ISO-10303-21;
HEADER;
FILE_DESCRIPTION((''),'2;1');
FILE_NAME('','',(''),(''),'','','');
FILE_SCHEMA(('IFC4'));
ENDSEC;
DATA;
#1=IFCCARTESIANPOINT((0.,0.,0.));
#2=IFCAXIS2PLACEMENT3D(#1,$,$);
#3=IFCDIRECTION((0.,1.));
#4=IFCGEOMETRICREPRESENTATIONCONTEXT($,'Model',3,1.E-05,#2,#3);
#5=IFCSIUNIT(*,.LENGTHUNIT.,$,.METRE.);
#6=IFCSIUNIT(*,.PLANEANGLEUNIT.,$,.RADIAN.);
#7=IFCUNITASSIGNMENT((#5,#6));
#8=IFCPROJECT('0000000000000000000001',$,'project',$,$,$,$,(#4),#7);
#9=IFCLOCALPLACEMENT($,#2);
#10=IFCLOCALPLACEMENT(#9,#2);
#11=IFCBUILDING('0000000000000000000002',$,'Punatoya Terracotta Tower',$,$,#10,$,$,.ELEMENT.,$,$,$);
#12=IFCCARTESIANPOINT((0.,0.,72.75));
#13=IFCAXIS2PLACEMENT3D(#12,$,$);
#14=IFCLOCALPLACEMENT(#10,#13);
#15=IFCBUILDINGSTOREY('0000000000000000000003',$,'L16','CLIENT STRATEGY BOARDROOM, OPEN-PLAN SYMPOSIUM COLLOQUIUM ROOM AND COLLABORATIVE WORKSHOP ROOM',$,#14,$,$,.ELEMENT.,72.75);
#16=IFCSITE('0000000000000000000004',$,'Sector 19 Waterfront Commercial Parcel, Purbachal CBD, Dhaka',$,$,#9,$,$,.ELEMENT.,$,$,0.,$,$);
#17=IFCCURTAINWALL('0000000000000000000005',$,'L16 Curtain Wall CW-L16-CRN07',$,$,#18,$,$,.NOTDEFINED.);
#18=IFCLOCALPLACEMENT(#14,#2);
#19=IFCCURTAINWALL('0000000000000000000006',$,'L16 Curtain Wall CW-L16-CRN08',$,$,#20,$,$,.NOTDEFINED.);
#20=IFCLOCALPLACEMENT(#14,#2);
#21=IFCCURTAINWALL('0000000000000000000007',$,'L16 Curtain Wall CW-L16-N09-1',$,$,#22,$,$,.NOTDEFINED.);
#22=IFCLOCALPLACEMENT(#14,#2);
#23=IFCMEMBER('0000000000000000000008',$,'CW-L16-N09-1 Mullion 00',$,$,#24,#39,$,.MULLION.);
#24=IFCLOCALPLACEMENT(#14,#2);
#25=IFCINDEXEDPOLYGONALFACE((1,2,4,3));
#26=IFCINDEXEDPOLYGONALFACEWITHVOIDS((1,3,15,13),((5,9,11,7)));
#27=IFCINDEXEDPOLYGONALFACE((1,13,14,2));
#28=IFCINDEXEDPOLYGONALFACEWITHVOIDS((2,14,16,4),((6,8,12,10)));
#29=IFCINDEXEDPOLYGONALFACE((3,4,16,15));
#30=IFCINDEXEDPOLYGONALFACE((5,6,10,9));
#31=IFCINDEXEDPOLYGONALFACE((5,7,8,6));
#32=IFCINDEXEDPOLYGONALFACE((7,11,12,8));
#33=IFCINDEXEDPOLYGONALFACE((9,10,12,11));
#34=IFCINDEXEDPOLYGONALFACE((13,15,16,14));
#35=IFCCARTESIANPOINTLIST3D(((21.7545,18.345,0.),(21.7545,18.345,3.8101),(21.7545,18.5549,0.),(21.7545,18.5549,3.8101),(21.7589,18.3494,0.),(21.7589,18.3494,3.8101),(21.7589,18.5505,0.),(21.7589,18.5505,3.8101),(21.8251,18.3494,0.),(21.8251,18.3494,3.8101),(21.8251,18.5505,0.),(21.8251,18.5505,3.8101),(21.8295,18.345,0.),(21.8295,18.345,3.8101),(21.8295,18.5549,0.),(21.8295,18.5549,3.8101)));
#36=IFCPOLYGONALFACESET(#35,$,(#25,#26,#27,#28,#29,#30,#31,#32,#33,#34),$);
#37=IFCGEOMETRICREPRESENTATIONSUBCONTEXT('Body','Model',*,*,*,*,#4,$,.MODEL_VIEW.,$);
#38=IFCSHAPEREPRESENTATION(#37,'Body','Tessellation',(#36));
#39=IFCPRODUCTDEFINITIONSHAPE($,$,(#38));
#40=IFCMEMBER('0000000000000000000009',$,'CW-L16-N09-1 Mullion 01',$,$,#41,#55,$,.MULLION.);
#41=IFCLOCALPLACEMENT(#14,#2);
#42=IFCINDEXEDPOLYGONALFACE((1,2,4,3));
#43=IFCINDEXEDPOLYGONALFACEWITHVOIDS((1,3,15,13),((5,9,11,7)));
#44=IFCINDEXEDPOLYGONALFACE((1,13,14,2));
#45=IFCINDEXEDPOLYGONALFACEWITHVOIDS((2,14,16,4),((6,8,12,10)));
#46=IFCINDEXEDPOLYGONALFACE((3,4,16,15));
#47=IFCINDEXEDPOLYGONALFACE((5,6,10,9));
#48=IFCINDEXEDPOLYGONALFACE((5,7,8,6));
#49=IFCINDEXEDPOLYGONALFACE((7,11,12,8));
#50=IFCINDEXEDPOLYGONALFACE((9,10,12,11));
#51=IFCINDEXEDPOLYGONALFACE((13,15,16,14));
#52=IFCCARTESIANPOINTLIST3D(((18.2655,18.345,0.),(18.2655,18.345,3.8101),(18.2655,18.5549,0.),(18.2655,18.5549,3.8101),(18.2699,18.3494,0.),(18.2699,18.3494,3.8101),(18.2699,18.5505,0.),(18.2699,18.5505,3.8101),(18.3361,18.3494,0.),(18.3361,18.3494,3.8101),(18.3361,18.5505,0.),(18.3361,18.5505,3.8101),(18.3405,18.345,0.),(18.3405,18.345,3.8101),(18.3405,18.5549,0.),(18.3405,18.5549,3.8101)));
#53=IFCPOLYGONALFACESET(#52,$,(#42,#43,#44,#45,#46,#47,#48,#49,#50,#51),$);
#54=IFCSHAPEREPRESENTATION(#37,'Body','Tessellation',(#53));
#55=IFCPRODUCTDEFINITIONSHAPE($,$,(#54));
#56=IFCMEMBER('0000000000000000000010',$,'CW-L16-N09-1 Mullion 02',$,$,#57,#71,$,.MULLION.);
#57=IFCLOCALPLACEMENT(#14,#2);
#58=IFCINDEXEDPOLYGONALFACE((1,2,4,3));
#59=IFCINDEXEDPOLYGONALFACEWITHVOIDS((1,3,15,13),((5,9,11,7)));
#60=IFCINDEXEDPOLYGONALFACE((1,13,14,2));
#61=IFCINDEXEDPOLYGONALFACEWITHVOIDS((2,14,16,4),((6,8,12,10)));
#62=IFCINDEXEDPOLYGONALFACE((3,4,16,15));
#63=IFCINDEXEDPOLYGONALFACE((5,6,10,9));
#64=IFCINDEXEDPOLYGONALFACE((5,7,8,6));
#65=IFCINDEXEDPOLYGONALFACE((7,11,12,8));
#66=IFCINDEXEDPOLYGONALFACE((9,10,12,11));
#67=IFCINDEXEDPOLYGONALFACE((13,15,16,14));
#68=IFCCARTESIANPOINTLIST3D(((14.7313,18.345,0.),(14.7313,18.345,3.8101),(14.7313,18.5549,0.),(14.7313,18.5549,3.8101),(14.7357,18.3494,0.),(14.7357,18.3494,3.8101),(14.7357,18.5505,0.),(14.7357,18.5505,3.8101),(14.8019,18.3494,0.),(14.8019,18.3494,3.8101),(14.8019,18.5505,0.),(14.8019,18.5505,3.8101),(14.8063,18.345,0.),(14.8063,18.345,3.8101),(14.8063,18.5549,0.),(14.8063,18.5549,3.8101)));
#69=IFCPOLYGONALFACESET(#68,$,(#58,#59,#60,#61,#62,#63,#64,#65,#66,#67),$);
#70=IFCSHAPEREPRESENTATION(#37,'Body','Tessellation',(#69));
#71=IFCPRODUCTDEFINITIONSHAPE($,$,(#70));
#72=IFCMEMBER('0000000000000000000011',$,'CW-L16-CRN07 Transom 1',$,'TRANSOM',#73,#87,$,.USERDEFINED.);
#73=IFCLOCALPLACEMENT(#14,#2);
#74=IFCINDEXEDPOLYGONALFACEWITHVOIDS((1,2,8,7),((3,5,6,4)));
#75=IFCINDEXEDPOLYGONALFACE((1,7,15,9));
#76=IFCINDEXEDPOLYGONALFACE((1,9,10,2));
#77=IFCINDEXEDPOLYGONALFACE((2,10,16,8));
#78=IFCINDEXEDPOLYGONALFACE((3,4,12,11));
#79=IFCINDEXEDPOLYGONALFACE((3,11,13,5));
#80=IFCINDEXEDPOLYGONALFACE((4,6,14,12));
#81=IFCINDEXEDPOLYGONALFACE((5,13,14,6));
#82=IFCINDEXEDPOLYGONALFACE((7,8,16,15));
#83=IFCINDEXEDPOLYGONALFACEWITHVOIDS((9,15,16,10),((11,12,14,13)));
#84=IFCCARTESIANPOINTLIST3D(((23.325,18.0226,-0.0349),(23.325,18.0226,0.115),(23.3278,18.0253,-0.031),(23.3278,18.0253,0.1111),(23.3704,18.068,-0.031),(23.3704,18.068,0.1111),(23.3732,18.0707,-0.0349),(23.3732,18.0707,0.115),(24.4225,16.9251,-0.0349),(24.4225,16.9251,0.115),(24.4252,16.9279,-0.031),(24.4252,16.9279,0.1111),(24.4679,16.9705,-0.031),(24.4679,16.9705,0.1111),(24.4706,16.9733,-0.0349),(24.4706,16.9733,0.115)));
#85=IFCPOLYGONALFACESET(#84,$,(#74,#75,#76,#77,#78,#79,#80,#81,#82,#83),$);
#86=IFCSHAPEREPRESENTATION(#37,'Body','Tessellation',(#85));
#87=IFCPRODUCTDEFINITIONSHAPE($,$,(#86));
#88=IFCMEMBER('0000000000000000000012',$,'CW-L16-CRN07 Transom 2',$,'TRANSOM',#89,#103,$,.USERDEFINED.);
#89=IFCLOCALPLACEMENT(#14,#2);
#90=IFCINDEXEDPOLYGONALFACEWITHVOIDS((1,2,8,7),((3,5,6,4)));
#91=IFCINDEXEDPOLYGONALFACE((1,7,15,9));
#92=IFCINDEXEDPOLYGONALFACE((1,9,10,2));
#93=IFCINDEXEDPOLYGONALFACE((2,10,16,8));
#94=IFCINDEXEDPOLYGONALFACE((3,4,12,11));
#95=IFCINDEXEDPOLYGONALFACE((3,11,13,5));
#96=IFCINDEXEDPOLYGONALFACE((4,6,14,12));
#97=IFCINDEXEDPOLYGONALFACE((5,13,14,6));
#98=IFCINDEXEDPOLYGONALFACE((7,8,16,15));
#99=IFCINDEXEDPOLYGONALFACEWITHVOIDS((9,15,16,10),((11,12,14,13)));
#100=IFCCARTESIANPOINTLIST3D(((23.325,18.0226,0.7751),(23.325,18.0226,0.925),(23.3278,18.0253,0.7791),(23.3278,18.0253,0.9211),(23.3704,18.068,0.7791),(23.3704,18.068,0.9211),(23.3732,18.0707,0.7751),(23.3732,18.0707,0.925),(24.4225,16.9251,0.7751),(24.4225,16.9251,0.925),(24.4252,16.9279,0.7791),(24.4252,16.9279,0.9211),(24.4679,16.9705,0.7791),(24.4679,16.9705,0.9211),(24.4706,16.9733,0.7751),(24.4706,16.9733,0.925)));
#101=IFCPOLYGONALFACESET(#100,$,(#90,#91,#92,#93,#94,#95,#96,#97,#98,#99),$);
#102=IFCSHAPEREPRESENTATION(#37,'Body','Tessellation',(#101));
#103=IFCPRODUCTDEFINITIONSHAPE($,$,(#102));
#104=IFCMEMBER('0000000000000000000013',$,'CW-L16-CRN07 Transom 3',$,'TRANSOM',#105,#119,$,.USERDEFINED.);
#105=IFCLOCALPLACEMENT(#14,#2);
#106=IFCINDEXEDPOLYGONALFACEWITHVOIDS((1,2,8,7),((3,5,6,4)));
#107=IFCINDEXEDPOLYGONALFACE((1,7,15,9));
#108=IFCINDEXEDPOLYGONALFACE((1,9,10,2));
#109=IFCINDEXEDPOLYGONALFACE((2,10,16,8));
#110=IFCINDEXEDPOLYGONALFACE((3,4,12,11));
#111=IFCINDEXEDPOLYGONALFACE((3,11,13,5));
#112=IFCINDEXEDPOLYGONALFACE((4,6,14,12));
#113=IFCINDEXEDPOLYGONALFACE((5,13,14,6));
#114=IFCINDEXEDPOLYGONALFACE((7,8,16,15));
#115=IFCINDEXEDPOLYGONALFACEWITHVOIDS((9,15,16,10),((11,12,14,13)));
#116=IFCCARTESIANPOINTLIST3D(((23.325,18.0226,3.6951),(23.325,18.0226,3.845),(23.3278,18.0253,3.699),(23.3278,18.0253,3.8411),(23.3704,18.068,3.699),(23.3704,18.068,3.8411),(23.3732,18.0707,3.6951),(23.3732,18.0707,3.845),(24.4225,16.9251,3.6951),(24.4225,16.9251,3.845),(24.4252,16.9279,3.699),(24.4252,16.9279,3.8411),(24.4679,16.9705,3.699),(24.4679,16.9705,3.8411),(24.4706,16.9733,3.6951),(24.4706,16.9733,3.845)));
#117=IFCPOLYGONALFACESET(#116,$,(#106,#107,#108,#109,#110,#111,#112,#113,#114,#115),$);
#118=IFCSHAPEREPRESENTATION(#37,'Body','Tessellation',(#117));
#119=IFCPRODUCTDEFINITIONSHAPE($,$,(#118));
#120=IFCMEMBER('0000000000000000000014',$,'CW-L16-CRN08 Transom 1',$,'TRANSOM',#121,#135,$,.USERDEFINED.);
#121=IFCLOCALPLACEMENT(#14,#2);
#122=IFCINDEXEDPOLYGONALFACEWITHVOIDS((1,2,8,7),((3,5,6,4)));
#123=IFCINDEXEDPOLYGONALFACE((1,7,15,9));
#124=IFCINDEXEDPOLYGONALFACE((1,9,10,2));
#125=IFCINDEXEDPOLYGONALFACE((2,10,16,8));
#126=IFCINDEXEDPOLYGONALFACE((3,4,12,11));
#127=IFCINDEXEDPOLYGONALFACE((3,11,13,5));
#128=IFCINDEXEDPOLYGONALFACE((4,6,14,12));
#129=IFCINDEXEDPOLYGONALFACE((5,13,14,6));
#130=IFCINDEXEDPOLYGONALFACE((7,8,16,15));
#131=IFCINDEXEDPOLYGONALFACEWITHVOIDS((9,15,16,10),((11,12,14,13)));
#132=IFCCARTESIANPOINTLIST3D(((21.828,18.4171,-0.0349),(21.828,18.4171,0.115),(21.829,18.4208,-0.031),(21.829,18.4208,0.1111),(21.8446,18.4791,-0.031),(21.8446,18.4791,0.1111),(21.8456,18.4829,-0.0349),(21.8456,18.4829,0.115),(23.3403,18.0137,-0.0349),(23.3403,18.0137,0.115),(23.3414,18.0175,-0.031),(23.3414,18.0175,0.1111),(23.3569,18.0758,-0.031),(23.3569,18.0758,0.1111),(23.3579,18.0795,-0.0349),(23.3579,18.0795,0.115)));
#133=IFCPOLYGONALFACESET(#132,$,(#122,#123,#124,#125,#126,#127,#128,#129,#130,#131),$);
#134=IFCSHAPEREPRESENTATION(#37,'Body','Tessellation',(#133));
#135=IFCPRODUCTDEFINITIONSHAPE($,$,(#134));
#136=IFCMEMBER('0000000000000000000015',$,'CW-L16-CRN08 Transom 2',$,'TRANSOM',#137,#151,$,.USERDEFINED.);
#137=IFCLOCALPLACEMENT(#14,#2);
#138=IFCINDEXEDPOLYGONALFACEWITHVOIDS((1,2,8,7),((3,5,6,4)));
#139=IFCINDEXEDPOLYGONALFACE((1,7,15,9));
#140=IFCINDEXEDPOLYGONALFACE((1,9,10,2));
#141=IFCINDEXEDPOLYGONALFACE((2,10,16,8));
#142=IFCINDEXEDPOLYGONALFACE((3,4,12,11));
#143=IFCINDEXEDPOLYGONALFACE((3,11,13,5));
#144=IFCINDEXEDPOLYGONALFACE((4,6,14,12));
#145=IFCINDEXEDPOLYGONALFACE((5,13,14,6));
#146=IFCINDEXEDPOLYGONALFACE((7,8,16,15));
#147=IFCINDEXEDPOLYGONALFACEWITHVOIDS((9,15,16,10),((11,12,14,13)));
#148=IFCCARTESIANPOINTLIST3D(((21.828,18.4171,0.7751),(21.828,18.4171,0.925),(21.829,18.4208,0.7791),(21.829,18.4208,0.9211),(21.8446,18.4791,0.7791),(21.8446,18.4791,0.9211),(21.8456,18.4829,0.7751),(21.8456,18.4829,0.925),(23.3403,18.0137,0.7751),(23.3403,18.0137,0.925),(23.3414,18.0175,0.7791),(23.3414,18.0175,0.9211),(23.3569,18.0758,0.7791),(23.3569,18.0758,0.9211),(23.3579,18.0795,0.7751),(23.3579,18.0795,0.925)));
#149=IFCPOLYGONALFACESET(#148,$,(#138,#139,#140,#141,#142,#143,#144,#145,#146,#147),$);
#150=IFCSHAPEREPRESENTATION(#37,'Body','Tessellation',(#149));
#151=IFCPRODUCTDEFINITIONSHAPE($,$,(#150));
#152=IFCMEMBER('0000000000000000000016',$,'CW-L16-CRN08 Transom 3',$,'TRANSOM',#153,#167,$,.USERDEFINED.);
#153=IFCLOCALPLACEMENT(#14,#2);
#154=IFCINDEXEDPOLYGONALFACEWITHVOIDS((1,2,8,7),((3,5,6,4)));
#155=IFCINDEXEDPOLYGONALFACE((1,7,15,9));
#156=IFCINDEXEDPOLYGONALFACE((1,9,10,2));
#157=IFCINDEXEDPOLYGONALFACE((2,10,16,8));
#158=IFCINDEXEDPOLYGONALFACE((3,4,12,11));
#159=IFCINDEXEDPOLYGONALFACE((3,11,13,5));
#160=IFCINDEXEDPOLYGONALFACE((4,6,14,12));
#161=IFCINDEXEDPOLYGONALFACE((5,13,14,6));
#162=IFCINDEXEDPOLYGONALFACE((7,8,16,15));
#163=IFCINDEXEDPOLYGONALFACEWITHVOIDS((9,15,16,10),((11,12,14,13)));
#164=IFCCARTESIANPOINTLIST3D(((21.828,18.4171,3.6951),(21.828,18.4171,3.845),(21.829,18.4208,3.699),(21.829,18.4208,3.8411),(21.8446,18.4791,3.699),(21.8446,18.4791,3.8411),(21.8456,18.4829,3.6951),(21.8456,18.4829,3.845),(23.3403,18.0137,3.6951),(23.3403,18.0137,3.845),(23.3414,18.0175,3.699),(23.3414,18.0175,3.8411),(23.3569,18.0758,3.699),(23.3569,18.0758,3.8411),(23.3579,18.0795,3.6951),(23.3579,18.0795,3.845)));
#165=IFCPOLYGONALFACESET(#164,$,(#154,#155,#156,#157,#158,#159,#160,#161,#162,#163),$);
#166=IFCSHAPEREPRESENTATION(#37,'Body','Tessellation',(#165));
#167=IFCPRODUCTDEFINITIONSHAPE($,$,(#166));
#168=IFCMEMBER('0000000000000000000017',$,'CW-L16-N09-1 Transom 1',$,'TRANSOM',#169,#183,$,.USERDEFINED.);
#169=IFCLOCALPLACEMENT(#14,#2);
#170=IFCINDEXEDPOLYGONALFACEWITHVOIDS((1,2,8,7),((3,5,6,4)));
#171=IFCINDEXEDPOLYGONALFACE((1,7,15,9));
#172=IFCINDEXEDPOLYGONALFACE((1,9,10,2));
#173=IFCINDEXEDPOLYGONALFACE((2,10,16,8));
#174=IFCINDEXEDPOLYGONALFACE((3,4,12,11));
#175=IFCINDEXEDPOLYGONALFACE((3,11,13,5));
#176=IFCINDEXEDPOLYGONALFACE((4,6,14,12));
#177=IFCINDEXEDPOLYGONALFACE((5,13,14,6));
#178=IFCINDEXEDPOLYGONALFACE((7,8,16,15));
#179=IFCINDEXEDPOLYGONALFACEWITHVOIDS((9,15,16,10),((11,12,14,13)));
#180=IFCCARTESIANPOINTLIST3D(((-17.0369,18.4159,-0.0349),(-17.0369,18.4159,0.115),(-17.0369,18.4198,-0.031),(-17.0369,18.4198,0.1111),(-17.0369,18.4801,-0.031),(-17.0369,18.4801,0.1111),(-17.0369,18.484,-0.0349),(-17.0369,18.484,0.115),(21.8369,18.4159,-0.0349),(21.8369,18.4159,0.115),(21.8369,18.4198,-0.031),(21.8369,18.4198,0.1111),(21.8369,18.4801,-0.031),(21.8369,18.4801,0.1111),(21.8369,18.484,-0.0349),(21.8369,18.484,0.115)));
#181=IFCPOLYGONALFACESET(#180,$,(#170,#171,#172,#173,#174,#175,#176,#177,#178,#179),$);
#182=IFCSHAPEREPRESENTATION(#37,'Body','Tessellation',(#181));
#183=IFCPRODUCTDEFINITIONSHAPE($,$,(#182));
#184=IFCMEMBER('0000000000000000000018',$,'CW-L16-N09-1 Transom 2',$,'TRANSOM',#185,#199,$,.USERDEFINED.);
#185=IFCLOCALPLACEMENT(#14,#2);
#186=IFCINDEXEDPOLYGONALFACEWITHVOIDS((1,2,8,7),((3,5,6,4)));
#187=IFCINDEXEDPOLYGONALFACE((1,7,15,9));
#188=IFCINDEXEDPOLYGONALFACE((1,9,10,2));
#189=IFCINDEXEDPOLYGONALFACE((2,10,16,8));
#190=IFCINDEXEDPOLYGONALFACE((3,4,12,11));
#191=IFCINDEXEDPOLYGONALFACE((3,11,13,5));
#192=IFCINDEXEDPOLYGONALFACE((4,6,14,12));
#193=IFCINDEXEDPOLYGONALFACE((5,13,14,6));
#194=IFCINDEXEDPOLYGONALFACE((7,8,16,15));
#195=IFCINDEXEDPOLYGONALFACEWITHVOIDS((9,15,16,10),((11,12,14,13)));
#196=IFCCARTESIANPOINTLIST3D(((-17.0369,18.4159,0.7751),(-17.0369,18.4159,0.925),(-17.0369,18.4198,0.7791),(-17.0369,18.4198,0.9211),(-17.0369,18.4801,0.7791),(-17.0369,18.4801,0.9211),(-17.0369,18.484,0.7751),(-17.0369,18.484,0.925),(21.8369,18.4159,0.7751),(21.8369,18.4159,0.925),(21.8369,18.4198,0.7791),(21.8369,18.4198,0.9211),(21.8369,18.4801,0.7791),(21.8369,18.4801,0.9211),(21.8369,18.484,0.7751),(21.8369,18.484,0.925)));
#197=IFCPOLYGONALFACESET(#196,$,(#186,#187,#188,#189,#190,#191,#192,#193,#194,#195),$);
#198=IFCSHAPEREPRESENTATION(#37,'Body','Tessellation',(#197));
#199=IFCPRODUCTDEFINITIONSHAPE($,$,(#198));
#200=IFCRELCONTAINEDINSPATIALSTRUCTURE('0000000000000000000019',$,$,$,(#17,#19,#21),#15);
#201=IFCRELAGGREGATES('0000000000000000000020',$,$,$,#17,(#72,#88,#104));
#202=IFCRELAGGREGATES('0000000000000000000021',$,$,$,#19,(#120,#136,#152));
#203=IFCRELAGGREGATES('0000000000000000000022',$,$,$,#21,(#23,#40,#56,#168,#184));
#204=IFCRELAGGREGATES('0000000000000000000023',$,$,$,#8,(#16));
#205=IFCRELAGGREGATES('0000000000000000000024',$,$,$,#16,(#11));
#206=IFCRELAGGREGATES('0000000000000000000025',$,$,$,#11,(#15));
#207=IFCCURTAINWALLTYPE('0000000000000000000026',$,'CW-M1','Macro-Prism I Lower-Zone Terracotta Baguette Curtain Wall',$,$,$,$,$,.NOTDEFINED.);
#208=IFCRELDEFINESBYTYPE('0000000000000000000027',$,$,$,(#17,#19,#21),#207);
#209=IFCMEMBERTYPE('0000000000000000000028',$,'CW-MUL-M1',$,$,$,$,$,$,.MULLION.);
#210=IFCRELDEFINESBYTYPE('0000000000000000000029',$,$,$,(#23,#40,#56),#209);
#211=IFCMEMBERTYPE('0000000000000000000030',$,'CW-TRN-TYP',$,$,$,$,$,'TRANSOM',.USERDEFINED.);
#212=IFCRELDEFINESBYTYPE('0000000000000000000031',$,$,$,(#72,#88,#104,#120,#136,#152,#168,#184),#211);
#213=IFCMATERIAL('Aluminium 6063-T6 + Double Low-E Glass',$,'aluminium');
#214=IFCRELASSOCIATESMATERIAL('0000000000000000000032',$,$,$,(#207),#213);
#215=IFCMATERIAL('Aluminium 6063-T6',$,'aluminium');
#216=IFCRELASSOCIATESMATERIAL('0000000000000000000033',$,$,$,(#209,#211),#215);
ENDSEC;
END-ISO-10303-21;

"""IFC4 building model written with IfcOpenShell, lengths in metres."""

from ifc_helpers import new_model, si_unit, direction, frame, origin, origin_2d, place, context, subcontext, project, spatial, hollow_rectangle, extrude, material, material_profile, profile_set, type_object, element, aggregate, save


model = new_model("IFC4")

# Units and contexts
model_context = context("Model", 3, precision=1e-05, world=origin(), true_north=direction((0.0, 1.0)))
body_context = subcontext(model_context, "Body", "Model", "MODEL_VIEW")
ifc_project = project(units=[si_unit("LENGTHUNIT", "METRE"), si_unit("PLANEANGLEUNIT", "RADIAN")], contexts=[model_context])

# Site, building, storey
site_placement = place(None, origin())
site = spatial("IfcSite", under=ifc_project, at=site_placement, Name="Sector 19 Waterfront Commercial Parcel, Purbachal CBD, Dhaka", CompositionType="ELEMENT", RefElevation=0.0)
building_placement = place(site_placement, origin())
building = spatial("IfcBuilding", under=site, at=building_placement, Name="Punatoya Terracotta Tower", CompositionType="ELEMENT")
storey_placement = place(building_placement, frame((0.0, 0.0, 72.75)))
storey = spatial("IfcBuildingStorey", under=building, at=storey_placement, Name="L16", Description="CLIENT STRATEGY BOARDROOM, OPEN-PLAN SYMPOSIUM COLLOQUIUM ROOM AND COLLABORATIVE WORKSHOP ROOM", CompositionType="ELEMENT", Elevation=72.75)

# Curtain walls, members
ifc_material_1 = material(Name="Aluminium 6063-T6 + Double Low-E Glass", Category="aluminium")
curtain_wall_type = type_object("IfcCurtainWallType", Name="CW-M1", Description="Macro-Prism I Lower-Zone Terracotta Baguette Curtain Wall", PredefinedType="NOTDEFINED", material=ifc_material_1)
curtain_wall_1_placement = place(storey_placement, origin())
curtain_wall_1 = element("IfcCurtainWall", 1, at=curtain_wall_1_placement, inside=storey, type_object=curtain_wall_type, Name="L16 Curtain Wall CW-L16-CRN07", PredefinedType="NOTDEFINED")
ifc_material_2 = material(Name="Aluminium 6063-T6", Category="aluminium")
ifc_material_profile_1 = material_profile(ifc_material_2, hollow_rectangle(XDim=0.075, YDim=0.21, WallThickness=0.0044, at=origin_2d()))
ifc_profile_set_1 = profile_set([ifc_material_profile_1], Name="Aluminium 6063-T6")
member_type_1 = type_object("IfcMemberType", Name="CW-MUL-M1", PredefinedType="MULLION", material=ifc_profile_set_1)
curtain_wall_2_placement = place(storey_placement, origin())
curtain_wall_2 = element("IfcCurtainWall", 2, at=curtain_wall_2_placement, inside=storey, type_object=curtain_wall_type, Name="L16 Curtain Wall CW-L16-CRN08", PredefinedType="NOTDEFINED")
curtain_wall_3_placement = place(storey_placement, origin())
curtain_wall_3 = element("IfcCurtainWall", 3, at=curtain_wall_3_placement, inside=storey, type_object=curtain_wall_type, Name="L16 Curtain Wall CW-L16-N09-1", PredefinedType="NOTDEFINED")
member_1_placement = place(storey_placement, frame((21.792, 18.45, 0.0), z_axis=(0.0, 0.0, 1.0), x_axis=(1.0, 0.0, 0.0)))
member_1 = element("IfcMember", 4, at=member_1_placement, type_object=member_type_1, Name="CW-L16-N09-1 Mullion 00", PredefinedType="MULLION", context=body_context, shape_type="SweptSolid", body=[
    extrude(hollow_rectangle(XDim=0.075, YDim=0.21, WallThickness=0.0044, at=origin_2d()), origin(), (0.0, 0.0, 1.0), 3.8101),
])
member_2_placement = place(storey_placement, frame((18.303, 18.45, 0.0), z_axis=(0.0, 0.0, 1.0), x_axis=(1.0, 0.0, 0.0)))
member_2 = element("IfcMember", 5, at=member_2_placement, type_object=member_type_1, Name="CW-L16-N09-1 Mullion 01", PredefinedType="MULLION", context=body_context, shape_type="SweptSolid", body=[
    extrude(hollow_rectangle(XDim=0.075, YDim=0.21, WallThickness=0.0044, at=origin_2d()), origin(), (0.0, 0.0, 1.0), 3.8101),
])
member_3_placement = place(storey_placement, frame((14.7688, 18.45, 0.0), z_axis=(0.0, 0.0, 1.0), x_axis=(1.0, 0.0, 0.0)))
member_3 = element("IfcMember", 6, at=member_3_placement, type_object=member_type_1, Name="CW-L16-N09-1 Mullion 02", PredefinedType="MULLION", context=body_context, shape_type="SweptSolid", body=[
    extrude(hollow_rectangle(XDim=0.075, YDim=0.21, WallThickness=0.0044, at=origin_2d()), origin(), (0.0, 0.0, 1.0), 3.8101),
])

# Members
ifc_material_profile_2 = material_profile(ifc_material_2, hollow_rectangle(XDim=0.0681, YDim=0.1499, WallThickness=0.0039, at=origin_2d()))
ifc_profile_set_2 = profile_set([ifc_material_profile_2], Name="Aluminium 6063-T6")
member_type_2 = type_object("IfcMemberType", Name="CW-TRN-TYP", ElementType="TRANSOM", PredefinedType="USERDEFINED", material=ifc_profile_set_2)
member_4_placement = place(storey_placement, frame((24.4465, 16.9492, 0.04), z_axis=(-0.707107, 0.707107, 0.0), x_axis=(-0.707107, -0.707107, 0.0)))
member_4 = element("IfcMember", 7, at=member_4_placement, type_object=member_type_2, Name="CW-L16-CRN07 Transom 1", ObjectType="TRANSOM", PredefinedType="USERDEFINED", context=body_context, shape_type="SweptSolid", body=[
    extrude(hollow_rectangle(XDim=0.0681, YDim=0.1499, WallThickness=0.0039, at=origin_2d()), origin(), (0.0, 0.0, 1.0), 1.552),
])
member_5_placement = place(storey_placement, frame((24.4465, 16.9492, 0.8501), z_axis=(-0.707107, 0.707107, 0.0), x_axis=(-0.707107, -0.707107, 0.0)))
member_5 = element("IfcMember", 8, at=member_5_placement, type_object=member_type_2, Name="CW-L16-CRN07 Transom 2", ObjectType="TRANSOM", PredefinedType="USERDEFINED", context=body_context, shape_type="SweptSolid", body=[
    extrude(hollow_rectangle(XDim=0.0681, YDim=0.1499, WallThickness=0.0039, at=origin_2d()), origin(), (0.0, 0.0, 1.0), 1.552),
])
member_6_placement = place(storey_placement, frame((24.4465, 16.9492, 3.77), z_axis=(-0.707107, 0.707107, 0.0), x_axis=(-0.707107, -0.707107, 0.0)))
member_6 = element("IfcMember", 9, at=member_6_placement, type_object=member_type_2, Name="CW-L16-CRN07 Transom 3", ObjectType="TRANSOM", PredefinedType="USERDEFINED", context=body_context, shape_type="SweptSolid", body=[
    extrude(hollow_rectangle(XDim=0.0681, YDim=0.1499, WallThickness=0.0039, at=origin_2d()), origin(), (0.0, 0.0, 1.0), 1.552),
])
member_7_placement = place(storey_placement, frame((23.3491, 18.0466, 0.04), z_axis=(-0.966225, 0.257701, 0.0), x_axis=(-0.257701, -0.966225, 0.0)))
member_7 = element("IfcMember", 10, at=member_7_placement, type_object=member_type_2, Name="CW-L16-CRN08 Transom 1", ObjectType="TRANSOM", PredefinedType="USERDEFINED", context=body_context, shape_type="SweptSolid", body=[
    extrude(hollow_rectangle(XDim=0.0681, YDim=0.1499, WallThickness=0.0039, at=origin_2d()), origin(), (0.0, 0.0, 1.0), 1.5652),
])
member_8_placement = place(storey_placement, frame((23.3491, 18.0466, 0.8501), z_axis=(-0.966225, 0.257701, 0.0), x_axis=(-0.257701, -0.966225, 0.0)))
member_8 = element("IfcMember", 11, at=member_8_placement, type_object=member_type_2, Name="CW-L16-CRN08 Transom 2", ObjectType="TRANSOM", PredefinedType="USERDEFINED", context=body_context, shape_type="SweptSolid", body=[
    extrude(hollow_rectangle(XDim=0.0681, YDim=0.1499, WallThickness=0.0039, at=origin_2d()), origin(), (0.0, 0.0, 1.0), 1.5652),
])
member_9_placement = place(storey_placement, frame((23.3491, 18.0466, 3.77), z_axis=(-0.966225, 0.257701, 0.0), x_axis=(-0.257701, -0.966225, 0.0)))
member_9 = element("IfcMember", 12, at=member_9_placement, type_object=member_type_2, Name="CW-L16-CRN08 Transom 3", ObjectType="TRANSOM", PredefinedType="USERDEFINED", context=body_context, shape_type="SweptSolid", body=[
    extrude(hollow_rectangle(XDim=0.0681, YDim=0.1499, WallThickness=0.0039, at=origin_2d()), origin(), (0.0, 0.0, 1.0), 1.5652),
])
member_10_placement = place(storey_placement, frame((21.8369, 18.45, 0.04), z_axis=(-1.0, 0.0, 0.0), x_axis=(0.0, -1.0, 0.0)))
member_10 = element("IfcMember", 13, at=member_10_placement, type_object=member_type_2, Name="CW-L16-N09-1 Transom 1", ObjectType="TRANSOM", PredefinedType="USERDEFINED", context=body_context, shape_type="SweptSolid", body=[
    extrude(hollow_rectangle(XDim=0.0681, YDim=0.1499, WallThickness=0.0039, at=origin_2d()), origin(), (0.0, 0.0, 1.0), 38.8738),
])
member_11_placement = place(storey_placement, frame((21.8369, 18.45, 0.8501), z_axis=(-1.0, 0.0, 0.0), x_axis=(0.0, -1.0, 0.0)))
member_11 = element("IfcMember", 14, at=member_11_placement, type_object=member_type_2, Name="CW-L16-N09-1 Transom 2", ObjectType="TRANSOM", PredefinedType="USERDEFINED", context=body_context, shape_type="SweptSolid", body=[
    extrude(hollow_rectangle(XDim=0.0681, YDim=0.1499, WallThickness=0.0039, at=origin_2d()), origin(), (0.0, 0.0, 1.0), 38.8738),
])

aggregate(curtain_wall_1, [member_4, member_5, member_6])
aggregate(curtain_wall_2, [member_7, member_8, member_9])
aggregate(curtain_wall_3, [member_1, member_2, member_3, member_10, member_11])

save(model, "model.ifc")
